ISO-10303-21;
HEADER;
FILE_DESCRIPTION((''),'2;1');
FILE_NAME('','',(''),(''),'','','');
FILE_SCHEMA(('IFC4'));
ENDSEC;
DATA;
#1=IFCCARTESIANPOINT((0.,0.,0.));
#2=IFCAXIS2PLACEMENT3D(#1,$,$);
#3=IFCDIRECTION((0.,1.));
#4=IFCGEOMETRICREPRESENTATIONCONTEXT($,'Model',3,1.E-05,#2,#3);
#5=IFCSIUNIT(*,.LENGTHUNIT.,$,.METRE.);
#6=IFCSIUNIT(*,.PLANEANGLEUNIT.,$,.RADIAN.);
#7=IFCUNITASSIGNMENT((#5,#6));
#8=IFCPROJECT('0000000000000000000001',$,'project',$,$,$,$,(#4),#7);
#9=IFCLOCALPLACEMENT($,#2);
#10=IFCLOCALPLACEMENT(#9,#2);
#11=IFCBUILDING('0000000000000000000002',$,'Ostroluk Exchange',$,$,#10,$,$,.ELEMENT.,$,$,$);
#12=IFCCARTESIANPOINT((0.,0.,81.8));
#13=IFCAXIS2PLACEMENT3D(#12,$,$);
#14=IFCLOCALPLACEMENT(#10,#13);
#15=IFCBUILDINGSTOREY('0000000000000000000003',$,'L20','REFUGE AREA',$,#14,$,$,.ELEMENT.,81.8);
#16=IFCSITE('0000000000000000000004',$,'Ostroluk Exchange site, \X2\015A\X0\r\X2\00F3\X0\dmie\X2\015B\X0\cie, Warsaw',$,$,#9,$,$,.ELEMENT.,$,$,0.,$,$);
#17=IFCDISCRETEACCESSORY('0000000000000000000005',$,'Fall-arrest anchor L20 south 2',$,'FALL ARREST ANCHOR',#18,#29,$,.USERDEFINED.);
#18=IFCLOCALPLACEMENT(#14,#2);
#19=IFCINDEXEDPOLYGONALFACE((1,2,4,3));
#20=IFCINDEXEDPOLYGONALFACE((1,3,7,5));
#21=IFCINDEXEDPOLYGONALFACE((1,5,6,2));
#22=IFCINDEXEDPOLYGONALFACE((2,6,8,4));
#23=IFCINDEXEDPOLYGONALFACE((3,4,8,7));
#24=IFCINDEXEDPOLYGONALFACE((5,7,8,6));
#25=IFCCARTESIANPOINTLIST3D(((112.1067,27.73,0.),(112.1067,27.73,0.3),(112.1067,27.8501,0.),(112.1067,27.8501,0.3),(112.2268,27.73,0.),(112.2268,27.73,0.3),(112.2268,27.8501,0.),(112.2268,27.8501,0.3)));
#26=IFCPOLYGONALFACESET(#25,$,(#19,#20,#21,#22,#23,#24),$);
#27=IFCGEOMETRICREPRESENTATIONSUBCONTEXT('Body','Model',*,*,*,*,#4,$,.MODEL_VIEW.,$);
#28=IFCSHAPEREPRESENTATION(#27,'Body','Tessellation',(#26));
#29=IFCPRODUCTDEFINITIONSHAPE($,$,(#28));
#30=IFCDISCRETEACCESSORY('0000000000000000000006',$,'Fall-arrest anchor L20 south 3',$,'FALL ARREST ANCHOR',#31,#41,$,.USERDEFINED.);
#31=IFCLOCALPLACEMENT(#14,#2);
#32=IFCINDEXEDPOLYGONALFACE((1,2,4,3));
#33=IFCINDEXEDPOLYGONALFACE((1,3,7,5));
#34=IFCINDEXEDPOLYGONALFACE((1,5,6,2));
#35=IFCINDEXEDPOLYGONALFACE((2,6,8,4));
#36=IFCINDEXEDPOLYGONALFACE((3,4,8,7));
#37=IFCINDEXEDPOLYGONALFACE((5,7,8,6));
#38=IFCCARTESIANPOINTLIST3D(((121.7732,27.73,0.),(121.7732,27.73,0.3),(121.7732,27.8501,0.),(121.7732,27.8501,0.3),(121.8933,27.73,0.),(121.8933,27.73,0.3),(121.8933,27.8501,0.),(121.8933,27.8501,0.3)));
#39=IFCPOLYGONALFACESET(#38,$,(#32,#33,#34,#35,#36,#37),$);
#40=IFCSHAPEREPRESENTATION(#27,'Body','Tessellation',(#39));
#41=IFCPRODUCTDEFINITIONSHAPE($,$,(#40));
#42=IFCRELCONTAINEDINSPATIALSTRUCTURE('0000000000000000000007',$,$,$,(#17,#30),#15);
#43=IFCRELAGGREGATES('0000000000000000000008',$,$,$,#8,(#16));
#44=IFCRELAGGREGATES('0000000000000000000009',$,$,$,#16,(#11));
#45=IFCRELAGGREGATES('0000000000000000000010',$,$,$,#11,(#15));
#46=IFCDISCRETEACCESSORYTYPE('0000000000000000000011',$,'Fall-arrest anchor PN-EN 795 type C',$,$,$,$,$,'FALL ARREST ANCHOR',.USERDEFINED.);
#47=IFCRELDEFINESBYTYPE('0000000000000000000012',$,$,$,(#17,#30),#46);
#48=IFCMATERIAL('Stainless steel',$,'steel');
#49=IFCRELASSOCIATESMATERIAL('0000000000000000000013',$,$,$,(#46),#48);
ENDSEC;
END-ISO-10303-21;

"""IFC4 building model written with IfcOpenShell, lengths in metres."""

from ifc_helpers import new_model, si_unit, direction, frame, origin, origin_2d, place, context, subcontext, project, spatial, rectangle, extrude, material, type_object, element, save


model = new_model("IFC4")

# Units and contexts
model_context = context("Model", 3, precision=1e-05, world=origin(), true_north=direction((0.0, 1.0)))
body_context = subcontext(model_context, "Body", "Model", "MODEL_VIEW")
ifc_project = project(units=[si_unit("LENGTHUNIT", "METRE"), si_unit("PLANEANGLEUNIT", "RADIAN")], contexts=[model_context])

# Site, building, storey
site_placement = place(None, origin())
site = spatial("IfcSite", under=ifc_project, at=site_placement, Name="Ostroluk Exchange site, Śródmieście, Warsaw", CompositionType="ELEMENT", RefElevation=0.0)
building_placement = place(site_placement, origin())
building = spatial("IfcBuilding", under=site, at=building_placement, Name="Ostroluk Exchange", CompositionType="ELEMENT")
storey_placement = place(building_placement, frame((0.0, 0.0, 81.8)))
storey = spatial("IfcBuildingStorey", under=building, at=storey_placement, Name="L20", Description="REFUGE AREA", CompositionType="ELEMENT", Elevation=81.8)

# Discrete accessories
ifc_material_1 = material(Name="Stainless steel", Category="steel")
discrete_accessory_type = type_object("IfcDiscreteAccessoryType", Name="Fall-arrest anchor PN-EN 795 type C", ElementType="FALL ARREST ANCHOR", PredefinedType="USERDEFINED", material=ifc_material_1)
for number, where, z_axis, x_axis, name in (
    (1, (112.1667, 27.79, 0.0), (0.0, 0.0, 1.0), (1.0, 0.0, 0.0), "Fall-arrest anchor L20 south 2"),
    (2, (121.8333, 27.79, 0.0), (0.0, 0.0, 1.0), (1.0, 0.0, 0.0), "Fall-arrest anchor L20 south 3"),
):
    element("IfcDiscreteAccessory", number, at=place(storey_placement, frame(where, z_axis=z_axis, x_axis=x_axis)), inside=storey, type_object=discrete_accessory_type, Name=name, ObjectType="FALL ARREST ANCHOR", PredefinedType="USERDEFINED", context=body_context, shape_type="SweptSolid", body=[
        extrude(rectangle(XDim=0.1201, YDim=0.1201, at=origin_2d()), origin(), (0.0, 0.0, 1.0), 0.3),
    ])

save(model, "model.ifc")
